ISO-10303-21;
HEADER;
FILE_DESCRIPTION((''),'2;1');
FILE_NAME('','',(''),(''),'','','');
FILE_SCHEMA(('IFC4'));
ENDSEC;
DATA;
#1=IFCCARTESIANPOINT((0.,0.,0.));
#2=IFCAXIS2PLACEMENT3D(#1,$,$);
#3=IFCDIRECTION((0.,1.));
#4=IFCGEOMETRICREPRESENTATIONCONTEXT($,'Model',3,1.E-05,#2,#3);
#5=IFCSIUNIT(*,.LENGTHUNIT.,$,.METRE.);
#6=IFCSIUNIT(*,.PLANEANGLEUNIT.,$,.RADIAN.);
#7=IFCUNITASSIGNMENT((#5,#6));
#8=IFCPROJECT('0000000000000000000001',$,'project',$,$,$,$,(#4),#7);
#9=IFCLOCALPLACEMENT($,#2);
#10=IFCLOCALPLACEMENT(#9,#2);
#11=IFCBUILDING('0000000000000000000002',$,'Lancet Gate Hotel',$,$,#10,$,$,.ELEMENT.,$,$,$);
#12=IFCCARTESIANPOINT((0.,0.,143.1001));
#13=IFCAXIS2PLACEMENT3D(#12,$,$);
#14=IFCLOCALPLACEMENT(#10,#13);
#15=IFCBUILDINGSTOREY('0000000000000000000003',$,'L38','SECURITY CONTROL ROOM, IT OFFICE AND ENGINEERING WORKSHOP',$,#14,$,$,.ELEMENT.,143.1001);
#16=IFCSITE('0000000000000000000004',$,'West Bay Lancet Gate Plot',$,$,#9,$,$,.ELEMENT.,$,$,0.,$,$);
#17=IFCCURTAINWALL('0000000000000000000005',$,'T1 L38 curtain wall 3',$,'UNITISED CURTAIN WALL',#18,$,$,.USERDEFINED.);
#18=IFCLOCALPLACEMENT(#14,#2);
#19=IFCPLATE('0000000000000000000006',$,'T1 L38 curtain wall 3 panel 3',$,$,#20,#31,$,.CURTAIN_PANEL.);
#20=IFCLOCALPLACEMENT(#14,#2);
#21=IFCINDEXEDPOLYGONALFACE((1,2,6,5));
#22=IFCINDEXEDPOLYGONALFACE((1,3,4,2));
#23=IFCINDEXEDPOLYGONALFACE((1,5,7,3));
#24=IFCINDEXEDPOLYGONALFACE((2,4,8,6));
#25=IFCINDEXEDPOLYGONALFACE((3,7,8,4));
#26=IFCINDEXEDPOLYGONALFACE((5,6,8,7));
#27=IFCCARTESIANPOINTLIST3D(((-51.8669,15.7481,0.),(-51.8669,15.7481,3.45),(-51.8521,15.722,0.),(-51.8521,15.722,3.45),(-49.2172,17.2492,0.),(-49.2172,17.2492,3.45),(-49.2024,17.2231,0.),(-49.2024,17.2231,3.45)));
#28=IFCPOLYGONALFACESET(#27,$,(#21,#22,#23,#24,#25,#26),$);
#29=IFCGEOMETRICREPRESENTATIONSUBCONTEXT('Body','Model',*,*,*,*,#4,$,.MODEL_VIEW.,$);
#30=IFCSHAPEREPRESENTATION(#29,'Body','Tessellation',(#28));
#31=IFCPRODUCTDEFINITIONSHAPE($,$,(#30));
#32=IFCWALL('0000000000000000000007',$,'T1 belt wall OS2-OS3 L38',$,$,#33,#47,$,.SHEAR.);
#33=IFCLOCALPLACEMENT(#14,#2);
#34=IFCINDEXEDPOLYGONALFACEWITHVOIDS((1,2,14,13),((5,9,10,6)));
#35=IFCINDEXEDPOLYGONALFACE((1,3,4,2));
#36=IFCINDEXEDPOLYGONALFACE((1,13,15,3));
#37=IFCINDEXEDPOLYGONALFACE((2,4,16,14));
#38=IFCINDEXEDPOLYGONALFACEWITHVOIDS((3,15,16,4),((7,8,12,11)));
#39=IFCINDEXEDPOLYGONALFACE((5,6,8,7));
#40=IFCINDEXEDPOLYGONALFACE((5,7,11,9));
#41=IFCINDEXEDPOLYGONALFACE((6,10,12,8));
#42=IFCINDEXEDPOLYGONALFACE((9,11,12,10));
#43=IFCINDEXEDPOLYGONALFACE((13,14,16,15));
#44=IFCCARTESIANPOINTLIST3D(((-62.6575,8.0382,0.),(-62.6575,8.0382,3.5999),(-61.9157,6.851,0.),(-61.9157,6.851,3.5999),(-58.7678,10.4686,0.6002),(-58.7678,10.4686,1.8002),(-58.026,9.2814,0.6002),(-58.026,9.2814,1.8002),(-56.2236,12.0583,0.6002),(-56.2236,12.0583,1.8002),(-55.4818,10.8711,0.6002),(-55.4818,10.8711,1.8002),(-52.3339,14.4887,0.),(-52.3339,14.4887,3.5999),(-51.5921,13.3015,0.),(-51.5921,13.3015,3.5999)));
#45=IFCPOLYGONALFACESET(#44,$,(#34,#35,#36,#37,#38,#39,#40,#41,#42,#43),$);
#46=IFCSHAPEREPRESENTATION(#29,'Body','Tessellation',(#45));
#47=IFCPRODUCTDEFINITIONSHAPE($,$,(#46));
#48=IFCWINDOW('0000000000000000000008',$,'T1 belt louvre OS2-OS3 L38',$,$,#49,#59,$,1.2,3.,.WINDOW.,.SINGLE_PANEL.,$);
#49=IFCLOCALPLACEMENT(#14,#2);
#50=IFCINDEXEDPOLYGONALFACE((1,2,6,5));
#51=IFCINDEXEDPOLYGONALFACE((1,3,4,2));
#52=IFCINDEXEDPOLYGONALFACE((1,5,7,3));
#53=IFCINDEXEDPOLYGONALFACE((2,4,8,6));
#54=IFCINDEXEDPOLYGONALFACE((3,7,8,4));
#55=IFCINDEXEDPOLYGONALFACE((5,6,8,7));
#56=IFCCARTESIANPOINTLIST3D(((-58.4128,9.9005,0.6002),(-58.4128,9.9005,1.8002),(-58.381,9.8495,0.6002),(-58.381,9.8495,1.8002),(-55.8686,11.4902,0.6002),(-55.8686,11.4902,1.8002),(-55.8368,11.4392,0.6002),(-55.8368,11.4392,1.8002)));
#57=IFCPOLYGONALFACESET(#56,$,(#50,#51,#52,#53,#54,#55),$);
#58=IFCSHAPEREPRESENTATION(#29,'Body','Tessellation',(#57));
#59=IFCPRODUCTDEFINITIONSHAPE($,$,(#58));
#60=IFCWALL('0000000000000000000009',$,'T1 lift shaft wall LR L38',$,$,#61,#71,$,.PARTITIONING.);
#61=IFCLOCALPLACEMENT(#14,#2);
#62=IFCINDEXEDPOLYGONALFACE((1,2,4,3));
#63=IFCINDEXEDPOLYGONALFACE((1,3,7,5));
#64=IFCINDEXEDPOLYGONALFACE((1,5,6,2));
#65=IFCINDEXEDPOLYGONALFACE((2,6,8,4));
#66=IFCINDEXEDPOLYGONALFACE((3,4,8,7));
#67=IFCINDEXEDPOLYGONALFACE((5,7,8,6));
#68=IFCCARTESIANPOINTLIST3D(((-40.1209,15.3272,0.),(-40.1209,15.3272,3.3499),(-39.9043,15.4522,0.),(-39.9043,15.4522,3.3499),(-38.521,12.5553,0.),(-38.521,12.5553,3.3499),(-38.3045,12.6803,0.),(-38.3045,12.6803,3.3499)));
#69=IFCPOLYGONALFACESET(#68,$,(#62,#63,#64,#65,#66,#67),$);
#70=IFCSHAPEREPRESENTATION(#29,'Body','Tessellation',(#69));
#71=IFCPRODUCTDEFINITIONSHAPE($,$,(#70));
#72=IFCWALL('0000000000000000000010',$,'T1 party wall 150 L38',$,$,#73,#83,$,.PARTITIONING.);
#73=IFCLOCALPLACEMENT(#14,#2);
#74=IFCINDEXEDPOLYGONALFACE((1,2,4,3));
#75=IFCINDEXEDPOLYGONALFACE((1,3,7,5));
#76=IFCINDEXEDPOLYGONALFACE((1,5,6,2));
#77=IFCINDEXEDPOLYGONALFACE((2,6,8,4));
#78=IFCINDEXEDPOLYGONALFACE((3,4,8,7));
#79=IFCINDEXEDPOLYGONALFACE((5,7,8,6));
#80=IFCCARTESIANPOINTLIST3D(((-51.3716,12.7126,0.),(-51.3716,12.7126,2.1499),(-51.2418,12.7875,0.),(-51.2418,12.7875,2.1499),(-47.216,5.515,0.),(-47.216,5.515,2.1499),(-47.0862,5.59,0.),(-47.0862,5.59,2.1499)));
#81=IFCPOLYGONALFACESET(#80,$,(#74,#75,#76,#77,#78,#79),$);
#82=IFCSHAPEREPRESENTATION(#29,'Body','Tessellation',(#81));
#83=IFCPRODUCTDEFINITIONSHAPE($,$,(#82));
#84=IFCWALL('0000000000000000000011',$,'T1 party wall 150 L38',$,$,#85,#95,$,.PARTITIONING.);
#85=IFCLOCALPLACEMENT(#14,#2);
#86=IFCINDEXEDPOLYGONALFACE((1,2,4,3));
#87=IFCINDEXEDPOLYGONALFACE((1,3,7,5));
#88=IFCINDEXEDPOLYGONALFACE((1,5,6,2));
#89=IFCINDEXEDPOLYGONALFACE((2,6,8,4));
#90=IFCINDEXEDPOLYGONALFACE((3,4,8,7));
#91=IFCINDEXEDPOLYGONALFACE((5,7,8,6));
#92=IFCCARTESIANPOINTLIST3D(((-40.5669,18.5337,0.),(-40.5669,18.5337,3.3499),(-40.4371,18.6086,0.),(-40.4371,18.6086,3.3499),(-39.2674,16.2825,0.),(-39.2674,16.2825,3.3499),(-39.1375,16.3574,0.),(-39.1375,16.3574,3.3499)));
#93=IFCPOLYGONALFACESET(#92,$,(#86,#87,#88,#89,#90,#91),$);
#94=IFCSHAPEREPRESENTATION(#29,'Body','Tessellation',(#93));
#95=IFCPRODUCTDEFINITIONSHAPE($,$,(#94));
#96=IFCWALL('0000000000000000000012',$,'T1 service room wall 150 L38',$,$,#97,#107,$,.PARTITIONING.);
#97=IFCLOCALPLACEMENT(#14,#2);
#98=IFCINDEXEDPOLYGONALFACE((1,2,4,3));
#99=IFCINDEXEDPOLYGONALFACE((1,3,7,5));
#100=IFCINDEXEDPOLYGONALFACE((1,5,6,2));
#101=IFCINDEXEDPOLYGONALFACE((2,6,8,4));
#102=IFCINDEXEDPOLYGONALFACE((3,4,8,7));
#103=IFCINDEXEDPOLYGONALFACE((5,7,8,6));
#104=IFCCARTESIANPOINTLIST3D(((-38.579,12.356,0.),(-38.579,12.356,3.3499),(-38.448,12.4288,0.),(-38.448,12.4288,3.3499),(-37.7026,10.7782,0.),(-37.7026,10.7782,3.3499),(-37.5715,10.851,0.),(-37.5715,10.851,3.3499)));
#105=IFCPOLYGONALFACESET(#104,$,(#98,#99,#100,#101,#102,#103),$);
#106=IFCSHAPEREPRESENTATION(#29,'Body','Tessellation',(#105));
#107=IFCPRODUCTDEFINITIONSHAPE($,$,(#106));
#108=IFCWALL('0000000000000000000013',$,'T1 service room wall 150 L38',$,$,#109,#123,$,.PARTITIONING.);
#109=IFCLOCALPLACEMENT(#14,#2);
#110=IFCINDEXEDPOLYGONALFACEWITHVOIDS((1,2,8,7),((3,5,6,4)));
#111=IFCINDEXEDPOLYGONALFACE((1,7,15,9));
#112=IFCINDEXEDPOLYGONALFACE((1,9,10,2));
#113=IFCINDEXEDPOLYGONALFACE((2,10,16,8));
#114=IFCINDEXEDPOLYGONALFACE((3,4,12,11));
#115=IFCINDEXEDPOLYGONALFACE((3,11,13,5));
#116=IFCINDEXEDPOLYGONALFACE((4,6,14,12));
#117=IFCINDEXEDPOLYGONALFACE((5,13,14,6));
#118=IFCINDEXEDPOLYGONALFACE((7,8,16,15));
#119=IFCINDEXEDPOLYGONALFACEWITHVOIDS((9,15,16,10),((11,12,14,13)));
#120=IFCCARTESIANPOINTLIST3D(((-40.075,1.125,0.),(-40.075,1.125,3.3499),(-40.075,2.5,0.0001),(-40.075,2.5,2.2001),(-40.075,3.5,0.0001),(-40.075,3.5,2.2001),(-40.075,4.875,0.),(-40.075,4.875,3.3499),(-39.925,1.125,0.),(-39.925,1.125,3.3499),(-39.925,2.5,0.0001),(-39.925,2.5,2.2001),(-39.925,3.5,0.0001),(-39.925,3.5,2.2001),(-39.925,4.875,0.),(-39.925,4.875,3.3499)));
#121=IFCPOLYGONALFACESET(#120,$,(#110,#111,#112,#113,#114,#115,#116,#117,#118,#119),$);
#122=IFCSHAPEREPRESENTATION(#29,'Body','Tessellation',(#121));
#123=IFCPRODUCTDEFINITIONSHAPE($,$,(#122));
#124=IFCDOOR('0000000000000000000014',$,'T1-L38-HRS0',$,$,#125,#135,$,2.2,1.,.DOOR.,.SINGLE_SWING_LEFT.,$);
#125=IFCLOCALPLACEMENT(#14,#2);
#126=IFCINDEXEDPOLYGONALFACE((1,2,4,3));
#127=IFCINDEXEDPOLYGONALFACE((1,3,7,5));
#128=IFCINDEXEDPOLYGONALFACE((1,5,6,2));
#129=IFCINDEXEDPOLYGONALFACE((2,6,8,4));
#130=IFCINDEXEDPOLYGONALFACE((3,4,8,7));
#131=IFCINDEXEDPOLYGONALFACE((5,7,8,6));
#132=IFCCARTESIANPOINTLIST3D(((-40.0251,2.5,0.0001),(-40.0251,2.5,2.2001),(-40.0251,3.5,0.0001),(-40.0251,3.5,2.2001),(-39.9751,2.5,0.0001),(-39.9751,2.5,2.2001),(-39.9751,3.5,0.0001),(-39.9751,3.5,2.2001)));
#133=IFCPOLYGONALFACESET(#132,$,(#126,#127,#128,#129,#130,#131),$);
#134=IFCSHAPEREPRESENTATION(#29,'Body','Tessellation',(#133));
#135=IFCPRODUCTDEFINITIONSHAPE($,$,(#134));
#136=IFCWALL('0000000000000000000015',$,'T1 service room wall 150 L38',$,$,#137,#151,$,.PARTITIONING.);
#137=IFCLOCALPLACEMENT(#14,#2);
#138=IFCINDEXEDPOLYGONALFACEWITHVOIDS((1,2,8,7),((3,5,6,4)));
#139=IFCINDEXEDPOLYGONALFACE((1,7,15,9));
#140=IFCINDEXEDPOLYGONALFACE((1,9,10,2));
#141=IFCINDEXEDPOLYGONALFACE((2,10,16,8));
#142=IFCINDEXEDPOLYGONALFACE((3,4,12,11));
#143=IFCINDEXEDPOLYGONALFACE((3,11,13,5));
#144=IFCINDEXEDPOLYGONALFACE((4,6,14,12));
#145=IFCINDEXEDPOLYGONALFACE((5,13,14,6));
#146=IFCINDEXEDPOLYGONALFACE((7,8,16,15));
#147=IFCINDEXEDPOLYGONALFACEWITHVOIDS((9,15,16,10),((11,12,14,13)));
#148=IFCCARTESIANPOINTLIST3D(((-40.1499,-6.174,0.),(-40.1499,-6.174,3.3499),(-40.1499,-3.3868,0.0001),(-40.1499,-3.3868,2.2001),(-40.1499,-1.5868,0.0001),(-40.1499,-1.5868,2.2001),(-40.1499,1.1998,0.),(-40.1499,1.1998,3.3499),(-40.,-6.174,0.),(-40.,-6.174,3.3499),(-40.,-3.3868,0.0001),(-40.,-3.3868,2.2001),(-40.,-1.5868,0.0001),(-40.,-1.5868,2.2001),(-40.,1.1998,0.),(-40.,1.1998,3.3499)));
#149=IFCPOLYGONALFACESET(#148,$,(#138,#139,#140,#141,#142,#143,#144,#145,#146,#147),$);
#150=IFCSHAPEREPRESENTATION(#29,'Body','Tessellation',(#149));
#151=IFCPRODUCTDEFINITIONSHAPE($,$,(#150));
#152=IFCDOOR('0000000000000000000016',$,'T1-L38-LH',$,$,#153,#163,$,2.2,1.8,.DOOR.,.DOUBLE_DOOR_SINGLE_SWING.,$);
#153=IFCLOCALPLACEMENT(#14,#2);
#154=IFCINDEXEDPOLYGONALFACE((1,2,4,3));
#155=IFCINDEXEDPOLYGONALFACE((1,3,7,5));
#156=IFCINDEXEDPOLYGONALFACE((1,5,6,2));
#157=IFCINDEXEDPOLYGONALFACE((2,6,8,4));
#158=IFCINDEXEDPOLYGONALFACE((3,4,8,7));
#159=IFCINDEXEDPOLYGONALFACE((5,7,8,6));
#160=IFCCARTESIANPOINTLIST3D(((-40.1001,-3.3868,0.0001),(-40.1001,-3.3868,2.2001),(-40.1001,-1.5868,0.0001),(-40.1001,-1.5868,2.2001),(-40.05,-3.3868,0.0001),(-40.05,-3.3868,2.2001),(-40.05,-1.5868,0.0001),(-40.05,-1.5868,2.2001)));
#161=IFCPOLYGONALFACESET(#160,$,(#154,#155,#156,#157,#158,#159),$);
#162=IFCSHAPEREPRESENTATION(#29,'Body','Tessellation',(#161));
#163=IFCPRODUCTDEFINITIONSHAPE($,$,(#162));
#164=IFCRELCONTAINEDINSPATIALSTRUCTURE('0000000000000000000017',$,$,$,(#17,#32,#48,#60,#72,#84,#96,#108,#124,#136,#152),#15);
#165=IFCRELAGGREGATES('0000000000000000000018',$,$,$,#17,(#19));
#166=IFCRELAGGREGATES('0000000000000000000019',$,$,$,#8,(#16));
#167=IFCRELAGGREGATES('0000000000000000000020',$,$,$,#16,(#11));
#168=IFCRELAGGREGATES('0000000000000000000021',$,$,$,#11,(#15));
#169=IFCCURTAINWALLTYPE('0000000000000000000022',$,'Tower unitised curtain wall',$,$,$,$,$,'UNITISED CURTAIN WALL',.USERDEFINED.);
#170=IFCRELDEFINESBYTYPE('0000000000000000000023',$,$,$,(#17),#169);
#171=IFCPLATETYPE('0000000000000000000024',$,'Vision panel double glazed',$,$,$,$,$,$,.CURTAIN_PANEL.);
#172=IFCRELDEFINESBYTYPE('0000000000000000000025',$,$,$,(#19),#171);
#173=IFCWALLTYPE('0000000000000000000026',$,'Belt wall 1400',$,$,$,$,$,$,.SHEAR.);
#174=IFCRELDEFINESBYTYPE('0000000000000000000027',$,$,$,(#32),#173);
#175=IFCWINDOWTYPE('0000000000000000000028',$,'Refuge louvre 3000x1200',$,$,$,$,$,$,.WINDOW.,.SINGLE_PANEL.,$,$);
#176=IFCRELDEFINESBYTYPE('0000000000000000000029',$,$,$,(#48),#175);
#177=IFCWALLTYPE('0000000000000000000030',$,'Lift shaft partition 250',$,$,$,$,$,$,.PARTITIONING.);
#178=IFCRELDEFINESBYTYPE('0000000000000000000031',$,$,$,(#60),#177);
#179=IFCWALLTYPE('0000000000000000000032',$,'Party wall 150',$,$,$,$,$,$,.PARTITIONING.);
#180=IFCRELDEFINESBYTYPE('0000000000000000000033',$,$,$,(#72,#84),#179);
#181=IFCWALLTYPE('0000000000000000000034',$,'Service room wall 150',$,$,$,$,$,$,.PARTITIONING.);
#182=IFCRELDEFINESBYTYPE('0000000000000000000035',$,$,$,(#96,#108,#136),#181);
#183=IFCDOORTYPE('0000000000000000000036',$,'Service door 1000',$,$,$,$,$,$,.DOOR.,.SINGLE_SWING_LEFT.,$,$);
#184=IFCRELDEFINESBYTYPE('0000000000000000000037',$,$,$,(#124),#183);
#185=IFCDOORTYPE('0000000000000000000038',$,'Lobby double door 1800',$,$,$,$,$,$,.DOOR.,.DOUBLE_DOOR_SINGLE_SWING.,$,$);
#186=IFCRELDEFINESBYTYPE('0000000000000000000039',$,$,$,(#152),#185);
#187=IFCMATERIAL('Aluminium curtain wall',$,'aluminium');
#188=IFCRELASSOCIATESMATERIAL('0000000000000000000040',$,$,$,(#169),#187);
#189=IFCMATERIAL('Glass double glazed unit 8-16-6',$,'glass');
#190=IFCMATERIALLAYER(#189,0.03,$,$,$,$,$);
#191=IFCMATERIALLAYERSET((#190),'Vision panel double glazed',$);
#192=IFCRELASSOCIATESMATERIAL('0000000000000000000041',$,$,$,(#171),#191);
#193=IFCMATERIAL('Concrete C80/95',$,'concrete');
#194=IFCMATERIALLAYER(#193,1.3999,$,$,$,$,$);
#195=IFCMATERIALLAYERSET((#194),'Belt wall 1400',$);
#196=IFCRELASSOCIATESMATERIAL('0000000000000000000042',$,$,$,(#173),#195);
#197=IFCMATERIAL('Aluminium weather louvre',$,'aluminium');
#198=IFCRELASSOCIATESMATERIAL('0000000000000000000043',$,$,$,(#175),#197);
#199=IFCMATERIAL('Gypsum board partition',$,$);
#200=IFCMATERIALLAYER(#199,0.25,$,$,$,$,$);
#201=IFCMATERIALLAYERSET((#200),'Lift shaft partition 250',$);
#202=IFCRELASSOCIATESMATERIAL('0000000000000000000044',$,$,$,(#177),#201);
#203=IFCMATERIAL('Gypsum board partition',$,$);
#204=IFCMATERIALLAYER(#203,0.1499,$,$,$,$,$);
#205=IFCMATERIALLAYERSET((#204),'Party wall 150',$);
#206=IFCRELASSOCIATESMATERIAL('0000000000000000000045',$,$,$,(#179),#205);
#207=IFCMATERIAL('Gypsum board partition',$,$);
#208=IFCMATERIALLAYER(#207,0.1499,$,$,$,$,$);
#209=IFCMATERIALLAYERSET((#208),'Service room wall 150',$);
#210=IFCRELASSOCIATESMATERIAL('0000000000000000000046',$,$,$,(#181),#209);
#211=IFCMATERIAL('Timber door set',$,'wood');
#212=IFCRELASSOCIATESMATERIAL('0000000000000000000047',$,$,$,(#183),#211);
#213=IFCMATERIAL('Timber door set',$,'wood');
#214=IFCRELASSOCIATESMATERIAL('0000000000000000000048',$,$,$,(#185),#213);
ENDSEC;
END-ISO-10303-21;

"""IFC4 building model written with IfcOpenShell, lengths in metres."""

from ifc_helpers import new_model, si_unit, direction, frame, frame_2d, origin, origin_2d, place, context, subcontext, project, spatial, rectangle, extrude, material, layer, layer_set, type_object, element, fill, aggregate, save


model = new_model("IFC4")

# Units and contexts
model_context = context("Model", 3, precision=1e-05, world=origin(), true_north=direction((0.0, 1.0)))
body_context = subcontext(model_context, "Body", "Model", "MODEL_VIEW")
ifc_project = project(units=[si_unit("LENGTHUNIT", "METRE"), si_unit("PLANEANGLEUNIT", "RADIAN")], contexts=[model_context])

# Site, building, storey
site_placement = place(None, origin())
site = spatial("IfcSite", under=ifc_project, at=site_placement, Name="West Bay Lancet Gate Plot", CompositionType="ELEMENT", RefElevation=0.0)
building_placement = place(site_placement, origin())
building = spatial("IfcBuilding", under=site, at=building_placement, Name="Lancet Gate Hotel", CompositionType="ELEMENT")
storey_placement = place(building_placement, frame((0.0, 0.0, 143.1001)))
storey = spatial("IfcBuildingStorey", under=building, at=storey_placement, Name="L38", Description="SECURITY CONTROL ROOM, IT OFFICE AND ENGINEERING WORKSHOP", CompositionType="ELEMENT", Elevation=143.1001)

# Curtain wall
ifc_material_1 = material(Name="Aluminium curtain wall", Category="aluminium")
curtain_wall_type = type_object("IfcCurtainWallType", Name="Tower unitised curtain wall", ElementType="UNITISED CURTAIN WALL", PredefinedType="USERDEFINED", material=ifc_material_1)
curtain_wall_placement = place(storey_placement, origin())
curtain_wall = element("IfcCurtainWall", 1, at=curtain_wall_placement, inside=storey, type_object=curtain_wall_type, Name="T1 L38 curtain wall 3", ObjectType="UNITISED CURTAIN WALL", PredefinedType="USERDEFINED")

# Plate
ifc_material_2 = material(Name="Glass double glazed unit 8-16-6", Category="glass")
ifc_layer_1 = layer(ifc_material_2, 0.03)
ifc_layer_set_1 = layer_set([ifc_layer_1], Name="Vision panel double glazed")
plate_type = type_object("IfcPlateType", Name="Vision panel double glazed", PredefinedType="CURTAIN_PANEL", material=ifc_layer_set_1)
plate_placement = place(storey_placement, frame((-50.5347, 16.4856, 0.0), z_axis=(0.0, 0.0, 1.0), x_axis=(-0.870084, -0.492904, 0.0)))
plate = element("IfcPlate", 2, at=plate_placement, type_object=plate_type, Name="T1 L38 curtain wall 3 panel 3", PredefinedType="CURTAIN_PANEL", context=body_context, shape_type="SweptSolid", body=[
    extrude(rectangle(XDim=3.0454, YDim=0.03, at=origin_2d()), origin(), (0.0, 0.0, 1.0), 3.45),
])
aggregate(curtain_wall, [plate])

# Wall, opening, window
ifc_material_3 = material(Name="Concrete C80/95", Category="concrete")
ifc_layer_2 = layer(ifc_material_3, 1.3999)
ifc_layer_set_2 = layer_set([ifc_layer_2], Name="Belt wall 1400")
wall_type_1 = type_object("IfcWallType", Name="Belt wall 1400", PredefinedType="SHEAR", material=ifc_layer_set_2)
wall_1_placement = place(storey_placement, frame((-51.9631, 13.895, 0.0), z_axis=(0.0, 0.0, 1.0), x_axis=(-0.848063, -0.529896, 0.0)))
wall_1 = element("IfcWall", 3, at=wall_1_placement, inside=storey, type_object=wall_type_1, Name="T1 belt wall OS2-OS3 L38", PredefinedType="SHEAR", context=body_context, shape_type="SweptSolid", body=[
    extrude(rectangle(XDim=12.1731, YDim=1.3999, at=frame_2d((6.0864, 0.0))), origin(), (0.0, 0.0, 1.0), 3.5999),
])
opening_1_placement = place(wall_1_placement, frame((4.5864, 0.0, 0.6001)))
opening_1 = element("IfcOpeningElement", 4, at=opening_1_placement, cuts=wall_1, PredefinedType="OPENING", context=body_context, shape_type="SweptSolid", body=[
    extrude(rectangle(XDim=3.0, YDim=1.2, at=frame_2d((1.5, 0.6001))), frame((0.0, 0.71, 0.0), z_axis=(0.0, -1.0, 0.0), x_axis=(1.0, 0.0, 0.0)), (0.0, 0.0, 1.0), 1.4199),
])
ifc_material_4 = material(Name="Aluminium weather louvre", Category="aluminium")
window_type = type_object("IfcWindowType", Name="Refuge louvre 3000x1200", PartitioningType="SINGLE_PANEL", PredefinedType="WINDOW", material=ifc_material_4)
window_placement = place(opening_1_placement, origin())
window = element("IfcWindow", 5, at=window_placement, inside=storey, type_object=window_type, Name="T1 belt louvre OS2-OS3 L38", OverallHeight=1.2, OverallWidth=3.0, PartitioningType="SINGLE_PANEL", PredefinedType="WINDOW", context=body_context, shape_type="SweptSolid", body=[
    extrude(rectangle(XDim=3.0, YDim=1.2, at=frame_2d((1.5, 0.6001))), frame((0.0, 0.03, 0.0), z_axis=(0.0, -1.0, 0.0), x_axis=(1.0, 0.0, 0.0)), (0.0, 0.0, 1.0), 0.0601),
])
fill(opening_1, window)

# Walls
ifc_material_5 = material(Name="Gypsum board partition")
ifc_layer_3 = layer(ifc_material_5, 0.25)
ifc_layer_set_3 = layer_set([ifc_layer_3], Name="Lift shaft partition 250")
wall_type_2 = type_object("IfcWallType", Name="Lift shaft partition 250", PredefinedType="PARTITIONING", material=ifc_layer_set_3)
wall_2_placement = place(storey_placement, frame((-38.4128, 12.6179, 0.0), z_axis=(0.0, 0.0, 1.0), x_axis=(-0.499872, 0.866099, 0.0)))
element("IfcWall", 6, at=wall_2_placement, inside=storey, type_object=wall_type_2, Name="T1 lift shaft wall LR L38", PredefinedType="PARTITIONING", context=body_context, shape_type="SweptSolid", body=[
    extrude(rectangle(XDim=3.2004, YDim=0.25, at=frame_2d((1.6001, 0.0))), origin(), (0.0, 0.0, 1.0), 3.3499),
])
ifc_material_6 = material(Name="Gypsum board partition")
ifc_layer_4 = layer(ifc_material_6, 0.1499)
ifc_layer_set_4 = layer_set([ifc_layer_4], Name="Party wall 150")
wall_type_3 = type_object("IfcWallType", Name="Party wall 150", PredefinedType="PARTITIONING", material=ifc_layer_set_4)
wall_3_placement = place(storey_placement, frame((-47.1511, 5.5525, 0.0), z_axis=(0.0, 0.0, 1.0), x_axis=(-0.500003, 0.866024, 0.0)))
element("IfcWall", 7, at=wall_3_placement, inside=storey, type_object=wall_type_3, Name="T1 party wall 150 L38", PredefinedType="PARTITIONING", context=body_context, shape_type="SweptSolid", body=[
    extrude(rectangle(XDim=8.311, YDim=0.1499, at=frame_2d((4.1555, 0.0))), origin(), (0.0, 0.0, 1.0), 2.1499),
])
wall_4_placement = place(storey_placement, frame((-39.2024, 16.3198, 0.0), z_axis=(0.0, 0.0, 1.0), x_axis=(-0.499947, 0.866056, 0.0)))
element("IfcWall", 8, at=wall_4_placement, inside=storey, type_object=wall_type_3, Name="T1 party wall 150 L38", PredefinedType="PARTITIONING", context=body_context, shape_type="SweptSolid", body=[
    extrude(rectangle(XDim=2.5994, YDim=0.1499, at=frame_2d((1.2998, 0.0))), origin(), (0.0, 0.0, 1.0), 3.3499),
])
ifc_material_7 = material(Name="Gypsum board partition")
ifc_layer_5 = layer(ifc_material_7, 0.1499)
ifc_layer_set_5 = layer_set([ifc_layer_5], Name="Service room wall 150")
wall_type_4 = type_object("IfcWallType", Name="Service room wall 150", PredefinedType="PARTITIONING", material=ifc_layer_set_5)
wall_5_placement = place(storey_placement, frame((-38.5134, 12.3923, 0.0), z_axis=(0.0, 0.0, 1.0), x_axis=(0.485586, -0.874189, 0.0)))
element("IfcWall", 9, at=wall_5_placement, inside=storey, type_object=wall_type_4, Name="T1 service room wall 150 L38", PredefinedType="PARTITIONING", context=body_context, shape_type="SweptSolid", body=[
    extrude(rectangle(XDim=1.8049, YDim=0.1499, at=frame_2d((0.9023, 0.0))), origin(), (0.0, 0.0, 1.0), 3.3499),
])

# Walls, openings, doors
wall_6_placement = place(storey_placement, frame((-40.0, 4.875, 0.0), z_axis=(0.0, 0.0, 1.0), x_axis=(0.0, -1.0, 0.0)))
wall_6 = element("IfcWall", 10, at=wall_6_placement, inside=storey, type_object=wall_type_4, Name="T1 service room wall 150 L38", PredefinedType="PARTITIONING", context=body_context, shape_type="SweptSolid", body=[
    extrude(rectangle(XDim=3.75, YDim=0.1499, at=frame_2d((1.875, 0.0))), origin(), (0.0, 0.0, 1.0), 3.3499),
])
opening_2_placement = place(wall_6_placement, frame((1.375, 0.0, 0.0)))
opening_2 = element("IfcOpeningElement", 11, at=opening_2_placement, cuts=wall_6, PredefinedType="OPENING", context=body_context, shape_type="SweptSolid", body=[
    extrude(rectangle(XDim=1.0, YDim=2.2, at=frame_2d((0.5, 1.1001))), frame((0.0, 0.085, 0.0), z_axis=(0.0, -1.0, 0.0), x_axis=(1.0, 0.0, 0.0)), (0.0, 0.0, 1.0), 0.1699),
])
ifc_material_8 = material(Name="Timber door set", Category="wood")
door_type_1 = type_object("IfcDoorType", Name="Service door 1000", OperationType="SINGLE_SWING_LEFT", PredefinedType="DOOR", material=ifc_material_8)
door_1_placement = place(opening_2_placement, origin())
door_1 = element("IfcDoor", 12, at=door_1_placement, inside=storey, type_object=door_type_1, Name="T1-L38-HRS0", OperationType="SINGLE_SWING_LEFT", OverallHeight=2.2, OverallWidth=1.0, PredefinedType="DOOR", context=body_context, shape_type="SweptSolid", body=[
    extrude(rectangle(XDim=1.0, YDim=2.2, at=frame_2d((0.5, 1.1001))), frame((0.0, 0.0249, 0.0), z_axis=(0.0, -1.0, 0.0), x_axis=(1.0, 0.0, 0.0)), (0.0, 0.0, 1.0), 0.05),
])
fill(opening_2, door_1)
wall_7_placement = place(storey_placement, frame((-40.075, 1.2, 0.0), z_axis=(0.0, 0.0, 1.0), x_axis=(0.0, -1.0, 0.0)))
wall_7 = element("IfcWall", 13, at=wall_7_placement, inside=storey, type_object=wall_type_4, Name="T1 service room wall 150 L38", PredefinedType="PARTITIONING", context=body_context, shape_type="SweptSolid", body=[
    extrude(rectangle(XDim=7.3738, YDim=0.1499, at=frame_2d((3.687, 0.0))), origin(), (0.0, 0.0, 1.0), 3.3499),
])
opening_3_placement = place(wall_7_placement, frame((2.7869, 0.0, 0.0)))
opening_3 = element("IfcOpeningElement", 14, at=opening_3_placement, cuts=wall_7, PredefinedType="OPENING", context=body_context, shape_type="SweptSolid", body=[
    extrude(rectangle(XDim=1.8, YDim=2.2, at=frame_2d((0.8999, 1.1001))), frame((0.0, 0.085, 0.0), z_axis=(0.0, -1.0, 0.0), x_axis=(1.0, 0.0, 0.0)), (0.0, 0.0, 1.0), 0.1699),
])
ifc_material_9 = material(Name="Timber door set", Category="wood")
door_type_2 = type_object("IfcDoorType", Name="Lobby double door 1800", OperationType="DOUBLE_DOOR_SINGLE_SWING", PredefinedType="DOOR", material=ifc_material_9)
door_2_placement = place(opening_3_placement, origin())
door_2 = element("IfcDoor", 15, at=door_2_placement, inside=storey, type_object=door_type_2, Name="T1-L38-LH", OperationType="DOUBLE_DOOR_SINGLE_SWING", OverallHeight=2.2, OverallWidth=1.8, PredefinedType="DOOR", context=body_context, shape_type="SweptSolid", body=[
    extrude(rectangle(XDim=1.8, YDim=2.2, at=frame_2d((0.8999, 1.1001))), frame((0.0, 0.0249, 0.0), z_axis=(0.0, -1.0, 0.0), x_axis=(1.0, 0.0, 0.0)), (0.0, 0.0, 1.0), 0.05),
])
fill(opening_3, door_2)

save(model, "model.ifc")
